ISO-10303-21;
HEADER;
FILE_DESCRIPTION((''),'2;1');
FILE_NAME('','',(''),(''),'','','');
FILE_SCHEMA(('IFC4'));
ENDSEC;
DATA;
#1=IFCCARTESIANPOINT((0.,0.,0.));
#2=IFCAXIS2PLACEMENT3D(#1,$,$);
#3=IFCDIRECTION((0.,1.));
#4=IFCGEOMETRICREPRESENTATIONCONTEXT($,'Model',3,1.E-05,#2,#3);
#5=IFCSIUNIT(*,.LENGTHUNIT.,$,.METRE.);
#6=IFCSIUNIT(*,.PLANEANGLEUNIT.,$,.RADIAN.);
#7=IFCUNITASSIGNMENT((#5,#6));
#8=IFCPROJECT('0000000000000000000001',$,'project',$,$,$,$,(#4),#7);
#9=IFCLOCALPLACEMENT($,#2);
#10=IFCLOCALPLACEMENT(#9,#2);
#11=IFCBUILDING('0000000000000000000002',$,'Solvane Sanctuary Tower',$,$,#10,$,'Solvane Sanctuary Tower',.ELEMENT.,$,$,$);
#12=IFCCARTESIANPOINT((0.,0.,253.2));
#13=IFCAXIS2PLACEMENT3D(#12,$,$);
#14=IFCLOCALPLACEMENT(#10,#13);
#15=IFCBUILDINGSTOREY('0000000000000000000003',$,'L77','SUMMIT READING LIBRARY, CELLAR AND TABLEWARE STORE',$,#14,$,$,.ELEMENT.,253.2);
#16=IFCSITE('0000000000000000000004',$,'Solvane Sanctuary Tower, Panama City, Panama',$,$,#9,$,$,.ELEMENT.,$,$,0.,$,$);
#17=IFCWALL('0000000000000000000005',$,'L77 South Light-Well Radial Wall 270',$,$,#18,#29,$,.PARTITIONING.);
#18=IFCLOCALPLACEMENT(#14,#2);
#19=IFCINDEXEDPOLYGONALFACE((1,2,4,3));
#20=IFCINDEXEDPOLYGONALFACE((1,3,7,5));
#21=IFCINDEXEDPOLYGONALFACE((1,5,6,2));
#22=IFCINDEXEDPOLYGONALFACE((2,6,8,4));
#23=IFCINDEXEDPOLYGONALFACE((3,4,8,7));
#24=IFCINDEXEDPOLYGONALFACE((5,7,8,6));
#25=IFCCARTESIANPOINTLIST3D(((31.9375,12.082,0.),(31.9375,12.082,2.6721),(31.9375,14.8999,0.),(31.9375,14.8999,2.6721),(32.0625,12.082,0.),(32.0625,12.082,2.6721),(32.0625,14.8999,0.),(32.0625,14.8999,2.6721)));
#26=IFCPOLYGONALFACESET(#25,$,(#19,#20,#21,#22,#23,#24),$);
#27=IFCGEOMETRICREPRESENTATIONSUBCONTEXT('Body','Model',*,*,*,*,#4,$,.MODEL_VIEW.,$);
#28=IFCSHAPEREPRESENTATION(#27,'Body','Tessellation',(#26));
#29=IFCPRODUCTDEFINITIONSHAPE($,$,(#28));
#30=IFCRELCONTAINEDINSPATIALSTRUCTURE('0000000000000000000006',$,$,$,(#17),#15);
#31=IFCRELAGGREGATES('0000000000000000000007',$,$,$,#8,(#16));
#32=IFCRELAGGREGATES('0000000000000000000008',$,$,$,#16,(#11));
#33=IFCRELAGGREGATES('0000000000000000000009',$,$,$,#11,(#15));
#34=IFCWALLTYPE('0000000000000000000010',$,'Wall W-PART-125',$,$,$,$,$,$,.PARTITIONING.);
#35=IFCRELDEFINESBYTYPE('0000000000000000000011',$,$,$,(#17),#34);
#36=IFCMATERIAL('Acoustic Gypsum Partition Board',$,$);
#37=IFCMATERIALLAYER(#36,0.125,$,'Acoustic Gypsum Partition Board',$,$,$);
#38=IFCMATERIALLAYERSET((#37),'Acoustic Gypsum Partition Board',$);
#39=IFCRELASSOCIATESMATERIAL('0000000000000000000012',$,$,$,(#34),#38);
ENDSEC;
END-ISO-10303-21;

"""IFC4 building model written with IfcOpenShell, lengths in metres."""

from ifc_helpers import new_model, si_unit, direction, frame, frame_2d, origin, place, context, subcontext, project, spatial, rectangle, extrude, material, layer, layer_set, type_object, element, save


model = new_model("IFC4")

# Units and contexts
model_context = context("Model", 3, precision=1e-05, world=origin(), true_north=direction((0.0, 1.0)))
body_context = subcontext(model_context, "Body", "Model", "MODEL_VIEW")
ifc_project = project(units=[si_unit("LENGTHUNIT", "METRE"), si_unit("PLANEANGLEUNIT", "RADIAN")], contexts=[model_context])

# Site, building, storey
site_placement = place(None, origin())
site = spatial("IfcSite", under=ifc_project, at=site_placement, Name="Solvane Sanctuary Tower, Panama City, Panama", CompositionType="ELEMENT", RefElevation=0.0)
building_placement = place(site_placement, origin())
building = spatial("IfcBuilding", under=site, at=building_placement, Name="Solvane Sanctuary Tower", LongName="Solvane Sanctuary Tower", CompositionType="ELEMENT")
storey_placement = place(building_placement, frame((0.0, 0.0, 253.2)))
storey = spatial("IfcBuildingStorey", under=building, at=storey_placement, Name="L77", Description="SUMMIT READING LIBRARY, CELLAR AND TABLEWARE STORE", CompositionType="ELEMENT", Elevation=253.2)

# Shared definitions
ifc_material_1 = material(Name="Acoustic Gypsum Partition Board")

# Wall
ifc_layer_1 = layer(ifc_material_1, 0.125, Name="Acoustic Gypsum Partition Board")
ifc_layer_set_1 = layer_set([ifc_layer_1], Name="Acoustic Gypsum Partition Board")
wall_type_1 = type_object("IfcWallType", Name="Wall W-PART-125", PredefinedType="PARTITIONING", material=ifc_layer_set_1)
wall_1_placement = place(storey_placement, frame((32.0, 14.8999, 0.0), z_axis=(0.0, 0.0, 1.0), x_axis=(0.0, -1.0, 0.0)))
element("IfcWall", 1, at=wall_1_placement, inside=storey, type_object=wall_type_1, Name="L77 South Light-Well Radial Wall 270", PredefinedType="PARTITIONING", context=body_context, shape_type="SweptSolid", body=[
    extrude(rectangle(XDim=2.8179, YDim=0.125, at=frame_2d((1.4089, 0.0))), origin(), (0.0, 0.0, 1.0), 2.6721),
])

save(model, "model.ifc")
